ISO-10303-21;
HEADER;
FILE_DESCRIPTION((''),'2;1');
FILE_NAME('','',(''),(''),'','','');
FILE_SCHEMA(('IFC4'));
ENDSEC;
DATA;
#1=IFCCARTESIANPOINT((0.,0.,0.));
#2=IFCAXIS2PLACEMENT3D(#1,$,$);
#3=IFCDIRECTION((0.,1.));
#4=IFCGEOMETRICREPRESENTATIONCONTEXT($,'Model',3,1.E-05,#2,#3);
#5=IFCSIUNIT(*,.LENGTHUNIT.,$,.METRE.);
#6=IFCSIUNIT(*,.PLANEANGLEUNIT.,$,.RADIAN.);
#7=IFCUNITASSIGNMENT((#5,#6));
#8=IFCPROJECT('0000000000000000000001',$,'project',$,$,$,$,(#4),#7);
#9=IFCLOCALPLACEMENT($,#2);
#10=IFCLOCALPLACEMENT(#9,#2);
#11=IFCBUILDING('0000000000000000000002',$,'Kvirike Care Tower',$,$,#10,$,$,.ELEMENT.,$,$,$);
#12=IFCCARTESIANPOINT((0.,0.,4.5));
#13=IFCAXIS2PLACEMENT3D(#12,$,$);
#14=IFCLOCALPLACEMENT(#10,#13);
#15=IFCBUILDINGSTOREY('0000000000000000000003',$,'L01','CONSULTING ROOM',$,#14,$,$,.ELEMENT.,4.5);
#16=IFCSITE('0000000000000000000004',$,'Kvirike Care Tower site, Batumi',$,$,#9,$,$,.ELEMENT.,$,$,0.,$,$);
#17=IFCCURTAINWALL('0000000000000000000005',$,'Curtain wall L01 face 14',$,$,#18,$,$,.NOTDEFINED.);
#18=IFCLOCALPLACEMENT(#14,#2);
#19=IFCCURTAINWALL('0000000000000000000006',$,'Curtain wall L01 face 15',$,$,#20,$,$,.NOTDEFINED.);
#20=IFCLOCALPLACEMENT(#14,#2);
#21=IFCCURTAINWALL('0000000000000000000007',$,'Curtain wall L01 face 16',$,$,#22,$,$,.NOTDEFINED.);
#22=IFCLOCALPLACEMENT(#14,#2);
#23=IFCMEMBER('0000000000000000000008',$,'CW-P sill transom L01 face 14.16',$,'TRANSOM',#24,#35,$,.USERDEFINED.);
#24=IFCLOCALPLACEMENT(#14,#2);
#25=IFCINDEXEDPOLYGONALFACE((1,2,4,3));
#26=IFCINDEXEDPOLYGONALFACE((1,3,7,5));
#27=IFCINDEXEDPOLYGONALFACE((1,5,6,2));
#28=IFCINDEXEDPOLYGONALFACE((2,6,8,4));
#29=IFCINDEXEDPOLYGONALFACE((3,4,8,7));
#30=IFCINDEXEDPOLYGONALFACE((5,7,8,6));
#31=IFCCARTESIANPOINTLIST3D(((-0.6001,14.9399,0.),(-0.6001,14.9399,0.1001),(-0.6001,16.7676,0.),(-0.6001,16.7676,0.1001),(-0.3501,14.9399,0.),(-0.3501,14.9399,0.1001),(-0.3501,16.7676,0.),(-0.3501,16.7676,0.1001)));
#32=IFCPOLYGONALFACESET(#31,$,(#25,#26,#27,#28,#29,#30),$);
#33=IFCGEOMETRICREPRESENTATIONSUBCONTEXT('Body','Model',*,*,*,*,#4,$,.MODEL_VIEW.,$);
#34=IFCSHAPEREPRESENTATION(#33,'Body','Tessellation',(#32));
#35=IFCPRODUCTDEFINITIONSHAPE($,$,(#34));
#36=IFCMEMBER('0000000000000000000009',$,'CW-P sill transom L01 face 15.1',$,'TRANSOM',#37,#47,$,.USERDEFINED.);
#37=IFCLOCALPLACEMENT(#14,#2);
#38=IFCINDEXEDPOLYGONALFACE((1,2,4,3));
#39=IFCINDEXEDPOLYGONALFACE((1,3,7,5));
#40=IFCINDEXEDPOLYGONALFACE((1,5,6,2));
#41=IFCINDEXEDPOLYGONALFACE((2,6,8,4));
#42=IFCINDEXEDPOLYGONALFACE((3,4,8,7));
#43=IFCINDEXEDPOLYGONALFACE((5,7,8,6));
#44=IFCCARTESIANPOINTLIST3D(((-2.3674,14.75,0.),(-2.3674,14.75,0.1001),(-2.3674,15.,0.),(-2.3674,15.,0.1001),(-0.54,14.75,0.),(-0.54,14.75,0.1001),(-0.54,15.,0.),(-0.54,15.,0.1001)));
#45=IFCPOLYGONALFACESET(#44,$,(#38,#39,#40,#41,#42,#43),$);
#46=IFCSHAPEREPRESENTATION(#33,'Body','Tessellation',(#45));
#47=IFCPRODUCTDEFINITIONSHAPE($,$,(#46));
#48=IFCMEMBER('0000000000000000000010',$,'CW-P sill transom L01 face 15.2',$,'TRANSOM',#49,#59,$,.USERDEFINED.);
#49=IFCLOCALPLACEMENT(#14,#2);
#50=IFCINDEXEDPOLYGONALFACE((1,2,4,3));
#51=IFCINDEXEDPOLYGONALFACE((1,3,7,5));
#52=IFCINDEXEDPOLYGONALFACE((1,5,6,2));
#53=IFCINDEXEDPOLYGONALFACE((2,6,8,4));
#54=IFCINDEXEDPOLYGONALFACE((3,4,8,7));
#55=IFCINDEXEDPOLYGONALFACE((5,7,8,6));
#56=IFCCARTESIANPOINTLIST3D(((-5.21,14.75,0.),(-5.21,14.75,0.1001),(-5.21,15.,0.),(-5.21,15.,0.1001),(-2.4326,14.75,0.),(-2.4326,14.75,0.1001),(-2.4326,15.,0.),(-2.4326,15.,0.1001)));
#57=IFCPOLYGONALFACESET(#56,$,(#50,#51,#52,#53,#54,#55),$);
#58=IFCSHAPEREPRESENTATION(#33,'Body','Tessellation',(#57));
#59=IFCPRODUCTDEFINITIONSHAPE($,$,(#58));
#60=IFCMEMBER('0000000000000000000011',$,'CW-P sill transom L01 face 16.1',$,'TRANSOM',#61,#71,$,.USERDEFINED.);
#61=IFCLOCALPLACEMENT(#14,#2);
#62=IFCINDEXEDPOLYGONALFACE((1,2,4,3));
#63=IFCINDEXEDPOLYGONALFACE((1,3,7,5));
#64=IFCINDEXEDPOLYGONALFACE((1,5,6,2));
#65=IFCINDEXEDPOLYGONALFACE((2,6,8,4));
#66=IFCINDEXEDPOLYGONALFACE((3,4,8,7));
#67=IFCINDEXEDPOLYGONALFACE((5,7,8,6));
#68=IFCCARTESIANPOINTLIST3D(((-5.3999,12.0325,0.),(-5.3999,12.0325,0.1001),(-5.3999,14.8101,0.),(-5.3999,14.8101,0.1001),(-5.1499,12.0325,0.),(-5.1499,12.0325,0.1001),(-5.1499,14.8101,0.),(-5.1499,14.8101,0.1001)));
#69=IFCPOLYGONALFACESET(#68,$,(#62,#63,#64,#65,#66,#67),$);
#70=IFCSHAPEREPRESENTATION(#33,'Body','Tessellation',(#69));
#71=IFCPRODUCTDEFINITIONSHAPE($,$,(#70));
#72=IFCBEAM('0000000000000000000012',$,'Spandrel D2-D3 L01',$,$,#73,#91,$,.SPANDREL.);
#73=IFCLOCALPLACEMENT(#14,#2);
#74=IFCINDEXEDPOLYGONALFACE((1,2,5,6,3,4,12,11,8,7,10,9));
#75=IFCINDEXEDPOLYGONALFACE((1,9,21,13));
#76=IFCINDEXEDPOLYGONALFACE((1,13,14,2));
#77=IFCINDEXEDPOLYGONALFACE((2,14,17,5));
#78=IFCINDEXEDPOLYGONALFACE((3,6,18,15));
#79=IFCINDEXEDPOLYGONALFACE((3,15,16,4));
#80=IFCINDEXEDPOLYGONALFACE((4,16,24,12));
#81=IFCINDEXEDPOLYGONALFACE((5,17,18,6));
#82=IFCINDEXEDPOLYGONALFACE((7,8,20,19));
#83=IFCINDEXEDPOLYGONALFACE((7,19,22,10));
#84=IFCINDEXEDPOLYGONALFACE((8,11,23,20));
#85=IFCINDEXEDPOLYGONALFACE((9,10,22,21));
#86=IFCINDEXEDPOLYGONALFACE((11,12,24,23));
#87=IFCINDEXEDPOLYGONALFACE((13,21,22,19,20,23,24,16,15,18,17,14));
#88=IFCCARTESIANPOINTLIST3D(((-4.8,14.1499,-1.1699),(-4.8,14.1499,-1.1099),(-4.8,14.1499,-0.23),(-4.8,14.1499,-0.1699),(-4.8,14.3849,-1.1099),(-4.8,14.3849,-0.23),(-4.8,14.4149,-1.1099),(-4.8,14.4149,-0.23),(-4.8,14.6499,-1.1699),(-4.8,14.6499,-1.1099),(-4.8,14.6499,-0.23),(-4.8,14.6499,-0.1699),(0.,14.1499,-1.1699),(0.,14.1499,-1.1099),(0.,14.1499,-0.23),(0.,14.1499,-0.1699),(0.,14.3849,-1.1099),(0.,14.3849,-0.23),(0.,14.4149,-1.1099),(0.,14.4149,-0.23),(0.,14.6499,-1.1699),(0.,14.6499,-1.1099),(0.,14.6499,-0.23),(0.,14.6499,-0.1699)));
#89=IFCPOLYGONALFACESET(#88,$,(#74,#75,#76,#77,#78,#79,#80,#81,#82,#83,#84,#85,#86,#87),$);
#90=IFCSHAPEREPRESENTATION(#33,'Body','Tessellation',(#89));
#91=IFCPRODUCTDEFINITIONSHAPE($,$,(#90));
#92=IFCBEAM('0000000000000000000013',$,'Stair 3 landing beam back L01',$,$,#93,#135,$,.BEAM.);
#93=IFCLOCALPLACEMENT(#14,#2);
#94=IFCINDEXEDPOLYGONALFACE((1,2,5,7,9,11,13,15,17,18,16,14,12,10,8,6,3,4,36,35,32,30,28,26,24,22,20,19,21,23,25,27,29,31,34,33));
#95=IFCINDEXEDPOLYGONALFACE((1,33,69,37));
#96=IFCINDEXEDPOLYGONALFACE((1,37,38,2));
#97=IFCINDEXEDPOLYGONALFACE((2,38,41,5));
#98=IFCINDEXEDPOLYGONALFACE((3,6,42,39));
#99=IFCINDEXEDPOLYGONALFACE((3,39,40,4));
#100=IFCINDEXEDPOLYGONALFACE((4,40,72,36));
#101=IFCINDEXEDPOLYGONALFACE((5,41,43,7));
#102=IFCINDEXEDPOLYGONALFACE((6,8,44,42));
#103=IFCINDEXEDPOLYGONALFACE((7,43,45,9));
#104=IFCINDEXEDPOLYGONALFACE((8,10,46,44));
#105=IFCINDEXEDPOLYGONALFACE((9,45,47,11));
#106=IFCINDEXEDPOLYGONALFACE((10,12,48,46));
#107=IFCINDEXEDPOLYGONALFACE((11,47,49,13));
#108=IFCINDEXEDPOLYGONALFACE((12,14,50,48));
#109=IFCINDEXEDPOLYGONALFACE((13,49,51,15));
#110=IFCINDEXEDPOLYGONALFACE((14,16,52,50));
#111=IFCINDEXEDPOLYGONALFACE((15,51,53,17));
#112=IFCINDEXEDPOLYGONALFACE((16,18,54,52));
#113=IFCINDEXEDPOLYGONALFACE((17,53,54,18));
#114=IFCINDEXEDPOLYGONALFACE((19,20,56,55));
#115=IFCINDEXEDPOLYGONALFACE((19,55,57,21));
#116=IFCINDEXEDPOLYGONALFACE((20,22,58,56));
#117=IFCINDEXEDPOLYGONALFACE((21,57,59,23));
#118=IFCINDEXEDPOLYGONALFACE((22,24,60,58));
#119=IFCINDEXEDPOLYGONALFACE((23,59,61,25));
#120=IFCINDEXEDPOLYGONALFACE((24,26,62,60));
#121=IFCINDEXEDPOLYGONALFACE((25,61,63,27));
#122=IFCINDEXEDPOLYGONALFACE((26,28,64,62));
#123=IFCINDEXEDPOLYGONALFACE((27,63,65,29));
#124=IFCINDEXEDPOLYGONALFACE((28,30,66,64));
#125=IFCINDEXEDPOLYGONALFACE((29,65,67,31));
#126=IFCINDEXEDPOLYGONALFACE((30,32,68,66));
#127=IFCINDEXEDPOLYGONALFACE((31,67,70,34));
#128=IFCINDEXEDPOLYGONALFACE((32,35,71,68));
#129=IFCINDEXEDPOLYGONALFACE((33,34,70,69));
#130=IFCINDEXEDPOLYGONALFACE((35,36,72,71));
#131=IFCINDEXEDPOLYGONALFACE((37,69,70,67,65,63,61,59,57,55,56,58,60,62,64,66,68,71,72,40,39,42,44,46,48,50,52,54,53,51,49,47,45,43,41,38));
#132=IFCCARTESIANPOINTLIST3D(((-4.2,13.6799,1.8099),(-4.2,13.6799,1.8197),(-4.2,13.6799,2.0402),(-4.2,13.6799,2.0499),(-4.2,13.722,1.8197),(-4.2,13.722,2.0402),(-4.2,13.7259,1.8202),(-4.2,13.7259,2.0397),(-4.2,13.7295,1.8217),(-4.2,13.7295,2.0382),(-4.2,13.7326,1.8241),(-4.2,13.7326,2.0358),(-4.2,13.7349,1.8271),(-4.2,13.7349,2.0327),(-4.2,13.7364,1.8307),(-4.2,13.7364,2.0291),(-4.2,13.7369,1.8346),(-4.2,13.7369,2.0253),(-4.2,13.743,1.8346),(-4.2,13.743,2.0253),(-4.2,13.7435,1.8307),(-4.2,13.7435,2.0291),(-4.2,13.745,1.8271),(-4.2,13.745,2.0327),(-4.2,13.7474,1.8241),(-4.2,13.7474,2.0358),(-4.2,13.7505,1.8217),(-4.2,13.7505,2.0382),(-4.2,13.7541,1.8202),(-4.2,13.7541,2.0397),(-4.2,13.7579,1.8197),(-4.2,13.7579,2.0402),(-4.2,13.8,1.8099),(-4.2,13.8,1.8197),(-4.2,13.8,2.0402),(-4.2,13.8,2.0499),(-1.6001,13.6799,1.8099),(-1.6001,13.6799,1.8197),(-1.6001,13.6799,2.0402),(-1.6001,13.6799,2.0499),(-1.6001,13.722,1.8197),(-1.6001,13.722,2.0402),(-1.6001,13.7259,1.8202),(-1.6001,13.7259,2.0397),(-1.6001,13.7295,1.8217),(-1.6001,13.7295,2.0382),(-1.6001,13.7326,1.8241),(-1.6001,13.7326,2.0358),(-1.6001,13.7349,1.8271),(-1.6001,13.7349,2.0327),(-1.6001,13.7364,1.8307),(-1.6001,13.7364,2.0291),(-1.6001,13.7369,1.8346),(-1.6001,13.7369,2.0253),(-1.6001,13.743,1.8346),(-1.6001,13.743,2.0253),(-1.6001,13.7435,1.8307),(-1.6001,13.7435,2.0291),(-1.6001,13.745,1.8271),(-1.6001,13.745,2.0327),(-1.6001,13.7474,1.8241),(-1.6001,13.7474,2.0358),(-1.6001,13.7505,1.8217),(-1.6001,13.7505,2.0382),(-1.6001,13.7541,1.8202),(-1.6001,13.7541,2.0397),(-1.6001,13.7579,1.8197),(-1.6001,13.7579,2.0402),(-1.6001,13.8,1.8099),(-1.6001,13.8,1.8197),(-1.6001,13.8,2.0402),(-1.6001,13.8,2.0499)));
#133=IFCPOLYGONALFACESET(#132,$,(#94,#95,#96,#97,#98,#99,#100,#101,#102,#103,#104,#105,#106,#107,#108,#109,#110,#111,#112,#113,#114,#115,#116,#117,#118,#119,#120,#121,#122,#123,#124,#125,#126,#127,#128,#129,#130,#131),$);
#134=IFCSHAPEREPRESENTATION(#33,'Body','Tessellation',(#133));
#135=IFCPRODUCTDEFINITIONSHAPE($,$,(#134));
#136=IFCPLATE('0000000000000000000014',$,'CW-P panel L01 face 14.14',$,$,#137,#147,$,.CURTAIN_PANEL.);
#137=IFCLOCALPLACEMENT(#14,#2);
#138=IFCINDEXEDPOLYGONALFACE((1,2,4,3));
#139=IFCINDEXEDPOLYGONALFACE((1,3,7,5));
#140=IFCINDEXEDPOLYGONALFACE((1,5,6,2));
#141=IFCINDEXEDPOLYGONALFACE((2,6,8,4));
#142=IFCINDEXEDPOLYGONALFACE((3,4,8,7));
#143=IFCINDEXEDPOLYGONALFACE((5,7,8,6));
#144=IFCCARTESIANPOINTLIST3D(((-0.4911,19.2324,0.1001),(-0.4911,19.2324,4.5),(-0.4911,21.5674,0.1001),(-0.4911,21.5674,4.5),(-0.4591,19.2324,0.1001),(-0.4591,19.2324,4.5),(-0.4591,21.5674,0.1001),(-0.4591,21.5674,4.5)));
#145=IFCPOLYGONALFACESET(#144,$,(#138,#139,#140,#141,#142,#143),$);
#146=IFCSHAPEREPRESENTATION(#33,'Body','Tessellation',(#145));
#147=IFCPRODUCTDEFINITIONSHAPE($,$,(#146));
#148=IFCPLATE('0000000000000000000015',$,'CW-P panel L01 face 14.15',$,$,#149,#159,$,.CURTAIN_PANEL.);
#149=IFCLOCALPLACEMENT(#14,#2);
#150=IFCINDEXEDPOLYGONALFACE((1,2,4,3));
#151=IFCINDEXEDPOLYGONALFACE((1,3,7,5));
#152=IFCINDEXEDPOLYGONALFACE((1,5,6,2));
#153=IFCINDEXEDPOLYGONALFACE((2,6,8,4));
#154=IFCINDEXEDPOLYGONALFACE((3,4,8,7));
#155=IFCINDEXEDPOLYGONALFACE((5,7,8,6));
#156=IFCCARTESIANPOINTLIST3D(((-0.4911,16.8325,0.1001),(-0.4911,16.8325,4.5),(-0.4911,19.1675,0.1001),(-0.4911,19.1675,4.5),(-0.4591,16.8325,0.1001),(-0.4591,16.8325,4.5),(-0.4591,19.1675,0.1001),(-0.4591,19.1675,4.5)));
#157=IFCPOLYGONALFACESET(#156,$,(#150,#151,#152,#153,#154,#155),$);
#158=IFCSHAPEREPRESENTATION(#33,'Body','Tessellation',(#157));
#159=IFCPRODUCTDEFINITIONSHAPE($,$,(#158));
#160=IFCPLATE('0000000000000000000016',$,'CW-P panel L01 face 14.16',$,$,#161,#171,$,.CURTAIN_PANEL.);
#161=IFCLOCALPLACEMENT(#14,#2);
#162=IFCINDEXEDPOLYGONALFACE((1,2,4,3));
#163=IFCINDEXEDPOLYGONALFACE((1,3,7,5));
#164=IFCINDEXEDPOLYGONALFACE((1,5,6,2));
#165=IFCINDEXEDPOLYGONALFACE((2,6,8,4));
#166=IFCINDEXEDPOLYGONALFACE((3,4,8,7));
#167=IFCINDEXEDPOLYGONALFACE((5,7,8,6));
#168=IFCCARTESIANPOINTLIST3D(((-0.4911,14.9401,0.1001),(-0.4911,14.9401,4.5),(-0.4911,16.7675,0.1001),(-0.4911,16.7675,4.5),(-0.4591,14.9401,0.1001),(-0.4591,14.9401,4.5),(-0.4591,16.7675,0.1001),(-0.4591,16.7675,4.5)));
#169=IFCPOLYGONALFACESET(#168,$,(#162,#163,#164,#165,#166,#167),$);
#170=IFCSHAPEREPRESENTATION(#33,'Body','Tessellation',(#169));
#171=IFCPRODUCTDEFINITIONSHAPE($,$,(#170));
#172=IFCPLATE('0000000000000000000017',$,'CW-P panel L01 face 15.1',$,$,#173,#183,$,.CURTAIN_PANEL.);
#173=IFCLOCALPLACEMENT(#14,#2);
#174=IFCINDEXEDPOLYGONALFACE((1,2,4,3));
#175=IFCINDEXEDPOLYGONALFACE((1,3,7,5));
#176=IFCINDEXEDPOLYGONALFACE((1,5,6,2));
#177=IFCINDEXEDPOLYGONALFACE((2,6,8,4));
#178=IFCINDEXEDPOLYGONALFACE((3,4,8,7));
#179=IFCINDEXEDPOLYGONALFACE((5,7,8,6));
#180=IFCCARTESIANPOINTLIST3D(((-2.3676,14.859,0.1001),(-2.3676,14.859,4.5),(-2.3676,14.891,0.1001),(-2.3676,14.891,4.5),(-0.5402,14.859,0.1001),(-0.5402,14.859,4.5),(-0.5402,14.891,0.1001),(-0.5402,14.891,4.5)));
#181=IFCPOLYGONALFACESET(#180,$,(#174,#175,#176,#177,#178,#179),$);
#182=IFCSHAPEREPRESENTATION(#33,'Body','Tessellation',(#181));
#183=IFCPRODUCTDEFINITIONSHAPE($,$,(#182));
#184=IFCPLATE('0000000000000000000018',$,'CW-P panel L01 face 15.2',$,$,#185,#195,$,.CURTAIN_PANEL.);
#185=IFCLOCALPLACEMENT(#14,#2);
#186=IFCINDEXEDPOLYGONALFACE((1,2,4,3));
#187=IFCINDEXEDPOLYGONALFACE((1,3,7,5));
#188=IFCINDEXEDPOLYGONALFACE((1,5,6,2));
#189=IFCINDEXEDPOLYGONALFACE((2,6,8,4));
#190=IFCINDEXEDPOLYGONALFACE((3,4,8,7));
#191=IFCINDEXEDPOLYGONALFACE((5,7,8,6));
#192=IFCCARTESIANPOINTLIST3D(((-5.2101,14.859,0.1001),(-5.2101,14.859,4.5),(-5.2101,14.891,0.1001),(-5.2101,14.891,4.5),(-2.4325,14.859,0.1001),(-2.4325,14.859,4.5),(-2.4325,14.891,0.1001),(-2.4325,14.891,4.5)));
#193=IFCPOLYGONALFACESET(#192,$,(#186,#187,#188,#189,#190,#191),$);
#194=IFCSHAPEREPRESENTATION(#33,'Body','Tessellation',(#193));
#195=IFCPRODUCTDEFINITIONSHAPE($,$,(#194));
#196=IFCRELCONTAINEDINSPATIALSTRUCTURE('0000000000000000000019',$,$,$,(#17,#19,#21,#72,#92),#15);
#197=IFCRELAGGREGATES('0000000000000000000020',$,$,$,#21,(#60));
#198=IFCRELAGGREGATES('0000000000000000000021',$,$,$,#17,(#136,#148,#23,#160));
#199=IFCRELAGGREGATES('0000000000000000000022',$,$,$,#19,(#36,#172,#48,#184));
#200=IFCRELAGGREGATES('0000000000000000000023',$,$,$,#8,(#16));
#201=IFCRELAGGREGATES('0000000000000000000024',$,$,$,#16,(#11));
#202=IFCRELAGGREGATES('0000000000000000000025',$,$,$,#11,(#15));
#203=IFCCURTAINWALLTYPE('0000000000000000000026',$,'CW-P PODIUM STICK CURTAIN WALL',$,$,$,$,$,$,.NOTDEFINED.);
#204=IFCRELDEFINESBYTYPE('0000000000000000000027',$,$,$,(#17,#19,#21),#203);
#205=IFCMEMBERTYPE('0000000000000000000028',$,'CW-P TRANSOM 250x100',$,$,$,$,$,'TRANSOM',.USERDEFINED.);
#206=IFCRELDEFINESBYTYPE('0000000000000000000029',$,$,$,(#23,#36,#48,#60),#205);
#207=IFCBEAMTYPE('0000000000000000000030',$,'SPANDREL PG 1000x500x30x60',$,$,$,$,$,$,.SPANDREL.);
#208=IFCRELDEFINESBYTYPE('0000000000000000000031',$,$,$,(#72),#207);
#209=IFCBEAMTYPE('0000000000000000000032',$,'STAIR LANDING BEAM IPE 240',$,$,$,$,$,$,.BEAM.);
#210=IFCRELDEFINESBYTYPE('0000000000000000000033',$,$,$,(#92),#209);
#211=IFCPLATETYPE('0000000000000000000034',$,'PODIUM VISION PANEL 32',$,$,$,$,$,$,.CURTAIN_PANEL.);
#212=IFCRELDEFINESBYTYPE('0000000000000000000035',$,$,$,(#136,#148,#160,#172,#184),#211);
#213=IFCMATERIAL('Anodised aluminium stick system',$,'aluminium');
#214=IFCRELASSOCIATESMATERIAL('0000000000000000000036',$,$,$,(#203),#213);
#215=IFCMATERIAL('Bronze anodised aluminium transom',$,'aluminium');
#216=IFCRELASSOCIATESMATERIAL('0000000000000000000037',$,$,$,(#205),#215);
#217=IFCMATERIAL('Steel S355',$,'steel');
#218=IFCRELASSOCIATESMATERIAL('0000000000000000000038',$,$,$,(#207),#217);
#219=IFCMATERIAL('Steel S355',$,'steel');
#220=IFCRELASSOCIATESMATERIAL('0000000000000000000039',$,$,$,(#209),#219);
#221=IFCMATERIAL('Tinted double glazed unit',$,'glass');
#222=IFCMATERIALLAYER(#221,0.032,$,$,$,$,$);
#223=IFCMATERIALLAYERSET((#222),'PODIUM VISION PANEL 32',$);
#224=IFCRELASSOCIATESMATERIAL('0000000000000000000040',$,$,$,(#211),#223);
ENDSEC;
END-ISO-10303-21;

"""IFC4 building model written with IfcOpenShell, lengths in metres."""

from ifc_helpers import new_model, si_unit, direction, frame, origin, origin_2d, place, context, subcontext, project, spatial, rectangle, i_section, extrude, material, layer, layer_set, material_profile, profile_set, type_object, element, aggregate, save


model = new_model("IFC4")

# Units and contexts
model_context = context("Model", 3, precision=1e-05, world=origin(), true_north=direction((0.0, 1.0)))
body_context = subcontext(model_context, "Body", "Model", "MODEL_VIEW")
ifc_project = project(units=[si_unit("LENGTHUNIT", "METRE"), si_unit("PLANEANGLEUNIT", "RADIAN")], contexts=[model_context])

# Site, building, storey
site_placement = place(None, origin())
site = spatial("IfcSite", under=ifc_project, at=site_placement, Name="Kvirike Care Tower site, Batumi", CompositionType="ELEMENT", RefElevation=0.0)
building_placement = place(site_placement, origin())
building = spatial("IfcBuilding", under=site, at=building_placement, Name="Kvirike Care Tower", CompositionType="ELEMENT")
storey_placement = place(building_placement, frame((0.0, 0.0, 4.5)))
storey = spatial("IfcBuildingStorey", under=building, at=storey_placement, Name="L01", Description="CONSULTING ROOM", CompositionType="ELEMENT", Elevation=4.5)

# Curtain walls
ifc_material_1 = material(Name="Anodised aluminium stick system", Category="aluminium")
curtain_wall_type = type_object("IfcCurtainWallType", Name="CW-P PODIUM STICK CURTAIN WALL", PredefinedType="NOTDEFINED", material=ifc_material_1)
curtain_wall_1_placement = place(storey_placement, origin())
curtain_wall_1 = element("IfcCurtainWall", 1, at=curtain_wall_1_placement, inside=storey, type_object=curtain_wall_type, Name="Curtain wall L01 face 14", PredefinedType="NOTDEFINED")
curtain_wall_2_placement = place(storey_placement, origin())
curtain_wall_2 = element("IfcCurtainWall", 2, at=curtain_wall_2_placement, inside=storey, type_object=curtain_wall_type, Name="Curtain wall L01 face 15", PredefinedType="NOTDEFINED")

# Curtain wall
curtain_wall_3_placement = place(storey_placement, origin())
curtain_wall_3 = element("IfcCurtainWall", 3, at=curtain_wall_3_placement, inside=storey, type_object=curtain_wall_type, Name="Curtain wall L01 face 16", PredefinedType="NOTDEFINED")

# Members
ifc_material_2 = material(Name="Bronze anodised aluminium transom", Category="aluminium")
ifc_material_profile_1 = material_profile(ifc_material_2, rectangle(XDim=0.25, YDim=0.1001, at=origin_2d()), Name="CW-P TRANSOM 250x100")
ifc_profile_set_1 = profile_set([ifc_material_profile_1], Name="Bronze anodised aluminium transom")
member_type_1 = type_object("IfcMemberType", Name="CW-P TRANSOM 250x100", ElementType="TRANSOM", PredefinedType="USERDEFINED", material=ifc_profile_set_1)
member_1_placement = place(storey_placement, frame((-0.4751, 16.7676, 0.05), z_axis=(0.0, -1.0, 0.0), x_axis=(1.0, 0.0, 0.0)))
member_1 = element("IfcMember", 4, at=member_1_placement, type_object=member_type_1, Name="CW-P sill transom L01 face 14.16", ObjectType="TRANSOM", PredefinedType="USERDEFINED", context=body_context, shape_type="SweptSolid", body=[
    extrude(rectangle(XDim=0.25, YDim=0.1001, at=origin_2d()), origin(), (0.0, 0.0, 1.0), 1.8276),
])
member_2_placement = place(storey_placement, frame((-0.54, 14.875, 0.05), z_axis=(-1.0, 0.0, 0.0), x_axis=(0.0, -1.0, 0.0)))
member_2 = element("IfcMember", 5, at=member_2_placement, type_object=member_type_1, Name="CW-P sill transom L01 face 15.1", ObjectType="TRANSOM", PredefinedType="USERDEFINED", context=body_context, shape_type="SweptSolid", body=[
    extrude(rectangle(XDim=0.25, YDim=0.1001, at=origin_2d()), origin(), (0.0, 0.0, 1.0), 1.8274),
])
member_3_placement = place(storey_placement, frame((-2.4326, 14.875, 0.05), z_axis=(-1.0, 0.0, 0.0), x_axis=(0.0, -1.0, 0.0)))
member_3 = element("IfcMember", 6, at=member_3_placement, type_object=member_type_1, Name="CW-P sill transom L01 face 15.2", ObjectType="TRANSOM", PredefinedType="USERDEFINED", context=body_context, shape_type="SweptSolid", body=[
    extrude(rectangle(XDim=0.25, YDim=0.1001, at=origin_2d()), origin(), (0.0, 0.0, 1.0), 2.7773),
])
member_4_placement = place(storey_placement, frame((-5.2749, 14.8101, 0.05), z_axis=(0.0, -1.0, 0.0), x_axis=(1.0, 0.0, 0.0)))
member_4 = element("IfcMember", 7, at=member_4_placement, type_object=member_type_1, Name="CW-P sill transom L01 face 16.1", ObjectType="TRANSOM", PredefinedType="USERDEFINED", context=body_context, shape_type="SweptSolid", body=[
    extrude(rectangle(XDim=0.25, YDim=0.1001, at=origin_2d()), origin(), (0.0, 0.0, 1.0), 2.7776),
])
aggregate(curtain_wall_3, [member_4])

# Beams
ifc_material_3 = material(Name="Steel S355", Category="steel")
ifc_material_profile_2 = material_profile(ifc_material_3, i_section(OverallWidth=0.5, OverallDepth=1.0, WebThickness=0.03, FlangeThickness=0.0601, at=origin_2d()), Name="PG 1000x500x30x60")
ifc_profile_set_2 = profile_set([ifc_material_profile_2], Name="Steel S355")
beam_type_1 = type_object("IfcBeamType", Name="SPANDREL PG 1000x500x30x60", PredefinedType="SPANDREL", material=ifc_profile_set_2)
beam_1_placement = place(storey_placement, frame((-4.8, 14.3999, -0.6699), z_axis=(1.0, 0.0, 0.0), x_axis=(0.0, 1.0, 0.0)))
element("IfcBeam", 8, at=beam_1_placement, inside=storey, type_object=beam_type_1, Name="Spandrel D2-D3 L01", PredefinedType="SPANDREL", context=body_context, shape_type="SweptSolid", body=[
    extrude(i_section(OverallWidth=0.5, OverallDepth=1.0, WebThickness=0.03, FlangeThickness=0.0601, at=origin_2d()), origin(), (0.0, 0.0, 1.0), 4.8),
])
ifc_material_4 = material(Name="Steel S355", Category="steel")
ifc_material_profile_3 = material_profile(ifc_material_4, i_section(OverallWidth=0.1201, OverallDepth=0.24, WebThickness=0.0061, FlangeThickness=0.0098, FilletRadius=0.0149, at=origin_2d()), Name="IPE 240")
ifc_profile_set_3 = profile_set([ifc_material_profile_3], Name="Steel S355")
beam_type_2 = type_object("IfcBeamType", Name="STAIR LANDING BEAM IPE 240", PredefinedType="BEAM", material=ifc_profile_set_3)
beam_2_placement = place(storey_placement, frame((-4.2, 13.74, 1.9299), z_axis=(1.0, 0.0, 0.0), x_axis=(0.0, 1.0, 0.0)))
element("IfcBeam", 9, at=beam_2_placement, inside=storey, type_object=beam_type_2, Name="Stair 3 landing beam back L01", PredefinedType="BEAM", context=body_context, shape_type="SweptSolid", body=[
    extrude(i_section(OverallWidth=0.1201, OverallDepth=0.24, WebThickness=0.0061, FlangeThickness=0.0098, FilletRadius=0.0149, at=origin_2d()), origin(), (0.0, 0.0, 1.0), 2.5999),
])

# Plates
ifc_material_5 = material(Name="Tinted double glazed unit", Category="glass")
ifc_layer_1 = layer(ifc_material_5, 0.032)
ifc_layer_set_1 = layer_set([ifc_layer_1], Name="PODIUM VISION PANEL 32")
plate_type = type_object("IfcPlateType", Name="PODIUM VISION PANEL 32", PredefinedType="CURTAIN_PANEL", material=ifc_layer_set_1)
plate_1_placement = place(storey_placement, frame((-0.4751, 20.3999, 0.1001), z_axis=(0.0, 0.0, 1.0), x_axis=(0.0, -1.0, 0.0)))
plate_1 = element("IfcPlate", 10, at=plate_1_placement, type_object=plate_type, Name="CW-P panel L01 face 14.14", PredefinedType="CURTAIN_PANEL", context=body_context, shape_type="SweptSolid", body=[
    extrude(rectangle(XDim=2.335, YDim=0.032, at=origin_2d()), origin(), (0.0, 0.0, 1.0), 4.3999),
])
plate_2_placement = place(storey_placement, frame((-0.4751, 18.0, 0.1001), z_axis=(0.0, 0.0, 1.0), x_axis=(0.0, -1.0, 0.0)))
plate_2 = element("IfcPlate", 11, at=plate_2_placement, type_object=plate_type, Name="CW-P panel L01 face 14.15", PredefinedType="CURTAIN_PANEL", context=body_context, shape_type="SweptSolid", body=[
    extrude(rectangle(XDim=2.335, YDim=0.032, at=origin_2d()), origin(), (0.0, 0.0, 1.0), 4.3999),
])
plate_3_placement = place(storey_placement, frame((-0.4751, 15.8538, 0.1001), z_axis=(0.0, 0.0, 1.0), x_axis=(0.0, -1.0, 0.0)))
plate_3 = element("IfcPlate", 12, at=plate_3_placement, type_object=plate_type, Name="CW-P panel L01 face 14.16", PredefinedType="CURTAIN_PANEL", context=body_context, shape_type="SweptSolid", body=[
    extrude(rectangle(XDim=1.8274, YDim=0.032, at=origin_2d()), origin(), (0.0, 0.0, 1.0), 4.3999),
])
aggregate(curtain_wall_1, [plate_1, plate_2, member_1, plate_3])
plate_4_placement = place(storey_placement, frame((-1.4539, 14.875, 0.1001), z_axis=(0.0, 0.0, 1.0), x_axis=(-1.0, 0.0, 0.0)))
plate_4 = element("IfcPlate", 13, at=plate_4_placement, type_object=plate_type, Name="CW-P panel L01 face 15.1", PredefinedType="CURTAIN_PANEL", context=body_context, shape_type="SweptSolid", body=[
    extrude(rectangle(XDim=1.8274, YDim=0.032, at=origin_2d()), origin(), (0.0, 0.0, 1.0), 4.3999),
])
plate_5_placement = place(storey_placement, frame((-3.8213, 14.875, 0.1001), z_axis=(0.0, 0.0, 1.0), x_axis=(-1.0, 0.0, 0.0)))
plate_5 = element("IfcPlate", 14, at=plate_5_placement, type_object=plate_type, Name="CW-P panel L01 face 15.2", PredefinedType="CURTAIN_PANEL", context=body_context, shape_type="SweptSolid", body=[
    extrude(rectangle(XDim=2.7776, YDim=0.032, at=origin_2d()), origin(), (0.0, 0.0, 1.0), 4.3999),
])
aggregate(curtain_wall_2, [member_2, plate_4, member_3, plate_5])

save(model, "model.ifc")
